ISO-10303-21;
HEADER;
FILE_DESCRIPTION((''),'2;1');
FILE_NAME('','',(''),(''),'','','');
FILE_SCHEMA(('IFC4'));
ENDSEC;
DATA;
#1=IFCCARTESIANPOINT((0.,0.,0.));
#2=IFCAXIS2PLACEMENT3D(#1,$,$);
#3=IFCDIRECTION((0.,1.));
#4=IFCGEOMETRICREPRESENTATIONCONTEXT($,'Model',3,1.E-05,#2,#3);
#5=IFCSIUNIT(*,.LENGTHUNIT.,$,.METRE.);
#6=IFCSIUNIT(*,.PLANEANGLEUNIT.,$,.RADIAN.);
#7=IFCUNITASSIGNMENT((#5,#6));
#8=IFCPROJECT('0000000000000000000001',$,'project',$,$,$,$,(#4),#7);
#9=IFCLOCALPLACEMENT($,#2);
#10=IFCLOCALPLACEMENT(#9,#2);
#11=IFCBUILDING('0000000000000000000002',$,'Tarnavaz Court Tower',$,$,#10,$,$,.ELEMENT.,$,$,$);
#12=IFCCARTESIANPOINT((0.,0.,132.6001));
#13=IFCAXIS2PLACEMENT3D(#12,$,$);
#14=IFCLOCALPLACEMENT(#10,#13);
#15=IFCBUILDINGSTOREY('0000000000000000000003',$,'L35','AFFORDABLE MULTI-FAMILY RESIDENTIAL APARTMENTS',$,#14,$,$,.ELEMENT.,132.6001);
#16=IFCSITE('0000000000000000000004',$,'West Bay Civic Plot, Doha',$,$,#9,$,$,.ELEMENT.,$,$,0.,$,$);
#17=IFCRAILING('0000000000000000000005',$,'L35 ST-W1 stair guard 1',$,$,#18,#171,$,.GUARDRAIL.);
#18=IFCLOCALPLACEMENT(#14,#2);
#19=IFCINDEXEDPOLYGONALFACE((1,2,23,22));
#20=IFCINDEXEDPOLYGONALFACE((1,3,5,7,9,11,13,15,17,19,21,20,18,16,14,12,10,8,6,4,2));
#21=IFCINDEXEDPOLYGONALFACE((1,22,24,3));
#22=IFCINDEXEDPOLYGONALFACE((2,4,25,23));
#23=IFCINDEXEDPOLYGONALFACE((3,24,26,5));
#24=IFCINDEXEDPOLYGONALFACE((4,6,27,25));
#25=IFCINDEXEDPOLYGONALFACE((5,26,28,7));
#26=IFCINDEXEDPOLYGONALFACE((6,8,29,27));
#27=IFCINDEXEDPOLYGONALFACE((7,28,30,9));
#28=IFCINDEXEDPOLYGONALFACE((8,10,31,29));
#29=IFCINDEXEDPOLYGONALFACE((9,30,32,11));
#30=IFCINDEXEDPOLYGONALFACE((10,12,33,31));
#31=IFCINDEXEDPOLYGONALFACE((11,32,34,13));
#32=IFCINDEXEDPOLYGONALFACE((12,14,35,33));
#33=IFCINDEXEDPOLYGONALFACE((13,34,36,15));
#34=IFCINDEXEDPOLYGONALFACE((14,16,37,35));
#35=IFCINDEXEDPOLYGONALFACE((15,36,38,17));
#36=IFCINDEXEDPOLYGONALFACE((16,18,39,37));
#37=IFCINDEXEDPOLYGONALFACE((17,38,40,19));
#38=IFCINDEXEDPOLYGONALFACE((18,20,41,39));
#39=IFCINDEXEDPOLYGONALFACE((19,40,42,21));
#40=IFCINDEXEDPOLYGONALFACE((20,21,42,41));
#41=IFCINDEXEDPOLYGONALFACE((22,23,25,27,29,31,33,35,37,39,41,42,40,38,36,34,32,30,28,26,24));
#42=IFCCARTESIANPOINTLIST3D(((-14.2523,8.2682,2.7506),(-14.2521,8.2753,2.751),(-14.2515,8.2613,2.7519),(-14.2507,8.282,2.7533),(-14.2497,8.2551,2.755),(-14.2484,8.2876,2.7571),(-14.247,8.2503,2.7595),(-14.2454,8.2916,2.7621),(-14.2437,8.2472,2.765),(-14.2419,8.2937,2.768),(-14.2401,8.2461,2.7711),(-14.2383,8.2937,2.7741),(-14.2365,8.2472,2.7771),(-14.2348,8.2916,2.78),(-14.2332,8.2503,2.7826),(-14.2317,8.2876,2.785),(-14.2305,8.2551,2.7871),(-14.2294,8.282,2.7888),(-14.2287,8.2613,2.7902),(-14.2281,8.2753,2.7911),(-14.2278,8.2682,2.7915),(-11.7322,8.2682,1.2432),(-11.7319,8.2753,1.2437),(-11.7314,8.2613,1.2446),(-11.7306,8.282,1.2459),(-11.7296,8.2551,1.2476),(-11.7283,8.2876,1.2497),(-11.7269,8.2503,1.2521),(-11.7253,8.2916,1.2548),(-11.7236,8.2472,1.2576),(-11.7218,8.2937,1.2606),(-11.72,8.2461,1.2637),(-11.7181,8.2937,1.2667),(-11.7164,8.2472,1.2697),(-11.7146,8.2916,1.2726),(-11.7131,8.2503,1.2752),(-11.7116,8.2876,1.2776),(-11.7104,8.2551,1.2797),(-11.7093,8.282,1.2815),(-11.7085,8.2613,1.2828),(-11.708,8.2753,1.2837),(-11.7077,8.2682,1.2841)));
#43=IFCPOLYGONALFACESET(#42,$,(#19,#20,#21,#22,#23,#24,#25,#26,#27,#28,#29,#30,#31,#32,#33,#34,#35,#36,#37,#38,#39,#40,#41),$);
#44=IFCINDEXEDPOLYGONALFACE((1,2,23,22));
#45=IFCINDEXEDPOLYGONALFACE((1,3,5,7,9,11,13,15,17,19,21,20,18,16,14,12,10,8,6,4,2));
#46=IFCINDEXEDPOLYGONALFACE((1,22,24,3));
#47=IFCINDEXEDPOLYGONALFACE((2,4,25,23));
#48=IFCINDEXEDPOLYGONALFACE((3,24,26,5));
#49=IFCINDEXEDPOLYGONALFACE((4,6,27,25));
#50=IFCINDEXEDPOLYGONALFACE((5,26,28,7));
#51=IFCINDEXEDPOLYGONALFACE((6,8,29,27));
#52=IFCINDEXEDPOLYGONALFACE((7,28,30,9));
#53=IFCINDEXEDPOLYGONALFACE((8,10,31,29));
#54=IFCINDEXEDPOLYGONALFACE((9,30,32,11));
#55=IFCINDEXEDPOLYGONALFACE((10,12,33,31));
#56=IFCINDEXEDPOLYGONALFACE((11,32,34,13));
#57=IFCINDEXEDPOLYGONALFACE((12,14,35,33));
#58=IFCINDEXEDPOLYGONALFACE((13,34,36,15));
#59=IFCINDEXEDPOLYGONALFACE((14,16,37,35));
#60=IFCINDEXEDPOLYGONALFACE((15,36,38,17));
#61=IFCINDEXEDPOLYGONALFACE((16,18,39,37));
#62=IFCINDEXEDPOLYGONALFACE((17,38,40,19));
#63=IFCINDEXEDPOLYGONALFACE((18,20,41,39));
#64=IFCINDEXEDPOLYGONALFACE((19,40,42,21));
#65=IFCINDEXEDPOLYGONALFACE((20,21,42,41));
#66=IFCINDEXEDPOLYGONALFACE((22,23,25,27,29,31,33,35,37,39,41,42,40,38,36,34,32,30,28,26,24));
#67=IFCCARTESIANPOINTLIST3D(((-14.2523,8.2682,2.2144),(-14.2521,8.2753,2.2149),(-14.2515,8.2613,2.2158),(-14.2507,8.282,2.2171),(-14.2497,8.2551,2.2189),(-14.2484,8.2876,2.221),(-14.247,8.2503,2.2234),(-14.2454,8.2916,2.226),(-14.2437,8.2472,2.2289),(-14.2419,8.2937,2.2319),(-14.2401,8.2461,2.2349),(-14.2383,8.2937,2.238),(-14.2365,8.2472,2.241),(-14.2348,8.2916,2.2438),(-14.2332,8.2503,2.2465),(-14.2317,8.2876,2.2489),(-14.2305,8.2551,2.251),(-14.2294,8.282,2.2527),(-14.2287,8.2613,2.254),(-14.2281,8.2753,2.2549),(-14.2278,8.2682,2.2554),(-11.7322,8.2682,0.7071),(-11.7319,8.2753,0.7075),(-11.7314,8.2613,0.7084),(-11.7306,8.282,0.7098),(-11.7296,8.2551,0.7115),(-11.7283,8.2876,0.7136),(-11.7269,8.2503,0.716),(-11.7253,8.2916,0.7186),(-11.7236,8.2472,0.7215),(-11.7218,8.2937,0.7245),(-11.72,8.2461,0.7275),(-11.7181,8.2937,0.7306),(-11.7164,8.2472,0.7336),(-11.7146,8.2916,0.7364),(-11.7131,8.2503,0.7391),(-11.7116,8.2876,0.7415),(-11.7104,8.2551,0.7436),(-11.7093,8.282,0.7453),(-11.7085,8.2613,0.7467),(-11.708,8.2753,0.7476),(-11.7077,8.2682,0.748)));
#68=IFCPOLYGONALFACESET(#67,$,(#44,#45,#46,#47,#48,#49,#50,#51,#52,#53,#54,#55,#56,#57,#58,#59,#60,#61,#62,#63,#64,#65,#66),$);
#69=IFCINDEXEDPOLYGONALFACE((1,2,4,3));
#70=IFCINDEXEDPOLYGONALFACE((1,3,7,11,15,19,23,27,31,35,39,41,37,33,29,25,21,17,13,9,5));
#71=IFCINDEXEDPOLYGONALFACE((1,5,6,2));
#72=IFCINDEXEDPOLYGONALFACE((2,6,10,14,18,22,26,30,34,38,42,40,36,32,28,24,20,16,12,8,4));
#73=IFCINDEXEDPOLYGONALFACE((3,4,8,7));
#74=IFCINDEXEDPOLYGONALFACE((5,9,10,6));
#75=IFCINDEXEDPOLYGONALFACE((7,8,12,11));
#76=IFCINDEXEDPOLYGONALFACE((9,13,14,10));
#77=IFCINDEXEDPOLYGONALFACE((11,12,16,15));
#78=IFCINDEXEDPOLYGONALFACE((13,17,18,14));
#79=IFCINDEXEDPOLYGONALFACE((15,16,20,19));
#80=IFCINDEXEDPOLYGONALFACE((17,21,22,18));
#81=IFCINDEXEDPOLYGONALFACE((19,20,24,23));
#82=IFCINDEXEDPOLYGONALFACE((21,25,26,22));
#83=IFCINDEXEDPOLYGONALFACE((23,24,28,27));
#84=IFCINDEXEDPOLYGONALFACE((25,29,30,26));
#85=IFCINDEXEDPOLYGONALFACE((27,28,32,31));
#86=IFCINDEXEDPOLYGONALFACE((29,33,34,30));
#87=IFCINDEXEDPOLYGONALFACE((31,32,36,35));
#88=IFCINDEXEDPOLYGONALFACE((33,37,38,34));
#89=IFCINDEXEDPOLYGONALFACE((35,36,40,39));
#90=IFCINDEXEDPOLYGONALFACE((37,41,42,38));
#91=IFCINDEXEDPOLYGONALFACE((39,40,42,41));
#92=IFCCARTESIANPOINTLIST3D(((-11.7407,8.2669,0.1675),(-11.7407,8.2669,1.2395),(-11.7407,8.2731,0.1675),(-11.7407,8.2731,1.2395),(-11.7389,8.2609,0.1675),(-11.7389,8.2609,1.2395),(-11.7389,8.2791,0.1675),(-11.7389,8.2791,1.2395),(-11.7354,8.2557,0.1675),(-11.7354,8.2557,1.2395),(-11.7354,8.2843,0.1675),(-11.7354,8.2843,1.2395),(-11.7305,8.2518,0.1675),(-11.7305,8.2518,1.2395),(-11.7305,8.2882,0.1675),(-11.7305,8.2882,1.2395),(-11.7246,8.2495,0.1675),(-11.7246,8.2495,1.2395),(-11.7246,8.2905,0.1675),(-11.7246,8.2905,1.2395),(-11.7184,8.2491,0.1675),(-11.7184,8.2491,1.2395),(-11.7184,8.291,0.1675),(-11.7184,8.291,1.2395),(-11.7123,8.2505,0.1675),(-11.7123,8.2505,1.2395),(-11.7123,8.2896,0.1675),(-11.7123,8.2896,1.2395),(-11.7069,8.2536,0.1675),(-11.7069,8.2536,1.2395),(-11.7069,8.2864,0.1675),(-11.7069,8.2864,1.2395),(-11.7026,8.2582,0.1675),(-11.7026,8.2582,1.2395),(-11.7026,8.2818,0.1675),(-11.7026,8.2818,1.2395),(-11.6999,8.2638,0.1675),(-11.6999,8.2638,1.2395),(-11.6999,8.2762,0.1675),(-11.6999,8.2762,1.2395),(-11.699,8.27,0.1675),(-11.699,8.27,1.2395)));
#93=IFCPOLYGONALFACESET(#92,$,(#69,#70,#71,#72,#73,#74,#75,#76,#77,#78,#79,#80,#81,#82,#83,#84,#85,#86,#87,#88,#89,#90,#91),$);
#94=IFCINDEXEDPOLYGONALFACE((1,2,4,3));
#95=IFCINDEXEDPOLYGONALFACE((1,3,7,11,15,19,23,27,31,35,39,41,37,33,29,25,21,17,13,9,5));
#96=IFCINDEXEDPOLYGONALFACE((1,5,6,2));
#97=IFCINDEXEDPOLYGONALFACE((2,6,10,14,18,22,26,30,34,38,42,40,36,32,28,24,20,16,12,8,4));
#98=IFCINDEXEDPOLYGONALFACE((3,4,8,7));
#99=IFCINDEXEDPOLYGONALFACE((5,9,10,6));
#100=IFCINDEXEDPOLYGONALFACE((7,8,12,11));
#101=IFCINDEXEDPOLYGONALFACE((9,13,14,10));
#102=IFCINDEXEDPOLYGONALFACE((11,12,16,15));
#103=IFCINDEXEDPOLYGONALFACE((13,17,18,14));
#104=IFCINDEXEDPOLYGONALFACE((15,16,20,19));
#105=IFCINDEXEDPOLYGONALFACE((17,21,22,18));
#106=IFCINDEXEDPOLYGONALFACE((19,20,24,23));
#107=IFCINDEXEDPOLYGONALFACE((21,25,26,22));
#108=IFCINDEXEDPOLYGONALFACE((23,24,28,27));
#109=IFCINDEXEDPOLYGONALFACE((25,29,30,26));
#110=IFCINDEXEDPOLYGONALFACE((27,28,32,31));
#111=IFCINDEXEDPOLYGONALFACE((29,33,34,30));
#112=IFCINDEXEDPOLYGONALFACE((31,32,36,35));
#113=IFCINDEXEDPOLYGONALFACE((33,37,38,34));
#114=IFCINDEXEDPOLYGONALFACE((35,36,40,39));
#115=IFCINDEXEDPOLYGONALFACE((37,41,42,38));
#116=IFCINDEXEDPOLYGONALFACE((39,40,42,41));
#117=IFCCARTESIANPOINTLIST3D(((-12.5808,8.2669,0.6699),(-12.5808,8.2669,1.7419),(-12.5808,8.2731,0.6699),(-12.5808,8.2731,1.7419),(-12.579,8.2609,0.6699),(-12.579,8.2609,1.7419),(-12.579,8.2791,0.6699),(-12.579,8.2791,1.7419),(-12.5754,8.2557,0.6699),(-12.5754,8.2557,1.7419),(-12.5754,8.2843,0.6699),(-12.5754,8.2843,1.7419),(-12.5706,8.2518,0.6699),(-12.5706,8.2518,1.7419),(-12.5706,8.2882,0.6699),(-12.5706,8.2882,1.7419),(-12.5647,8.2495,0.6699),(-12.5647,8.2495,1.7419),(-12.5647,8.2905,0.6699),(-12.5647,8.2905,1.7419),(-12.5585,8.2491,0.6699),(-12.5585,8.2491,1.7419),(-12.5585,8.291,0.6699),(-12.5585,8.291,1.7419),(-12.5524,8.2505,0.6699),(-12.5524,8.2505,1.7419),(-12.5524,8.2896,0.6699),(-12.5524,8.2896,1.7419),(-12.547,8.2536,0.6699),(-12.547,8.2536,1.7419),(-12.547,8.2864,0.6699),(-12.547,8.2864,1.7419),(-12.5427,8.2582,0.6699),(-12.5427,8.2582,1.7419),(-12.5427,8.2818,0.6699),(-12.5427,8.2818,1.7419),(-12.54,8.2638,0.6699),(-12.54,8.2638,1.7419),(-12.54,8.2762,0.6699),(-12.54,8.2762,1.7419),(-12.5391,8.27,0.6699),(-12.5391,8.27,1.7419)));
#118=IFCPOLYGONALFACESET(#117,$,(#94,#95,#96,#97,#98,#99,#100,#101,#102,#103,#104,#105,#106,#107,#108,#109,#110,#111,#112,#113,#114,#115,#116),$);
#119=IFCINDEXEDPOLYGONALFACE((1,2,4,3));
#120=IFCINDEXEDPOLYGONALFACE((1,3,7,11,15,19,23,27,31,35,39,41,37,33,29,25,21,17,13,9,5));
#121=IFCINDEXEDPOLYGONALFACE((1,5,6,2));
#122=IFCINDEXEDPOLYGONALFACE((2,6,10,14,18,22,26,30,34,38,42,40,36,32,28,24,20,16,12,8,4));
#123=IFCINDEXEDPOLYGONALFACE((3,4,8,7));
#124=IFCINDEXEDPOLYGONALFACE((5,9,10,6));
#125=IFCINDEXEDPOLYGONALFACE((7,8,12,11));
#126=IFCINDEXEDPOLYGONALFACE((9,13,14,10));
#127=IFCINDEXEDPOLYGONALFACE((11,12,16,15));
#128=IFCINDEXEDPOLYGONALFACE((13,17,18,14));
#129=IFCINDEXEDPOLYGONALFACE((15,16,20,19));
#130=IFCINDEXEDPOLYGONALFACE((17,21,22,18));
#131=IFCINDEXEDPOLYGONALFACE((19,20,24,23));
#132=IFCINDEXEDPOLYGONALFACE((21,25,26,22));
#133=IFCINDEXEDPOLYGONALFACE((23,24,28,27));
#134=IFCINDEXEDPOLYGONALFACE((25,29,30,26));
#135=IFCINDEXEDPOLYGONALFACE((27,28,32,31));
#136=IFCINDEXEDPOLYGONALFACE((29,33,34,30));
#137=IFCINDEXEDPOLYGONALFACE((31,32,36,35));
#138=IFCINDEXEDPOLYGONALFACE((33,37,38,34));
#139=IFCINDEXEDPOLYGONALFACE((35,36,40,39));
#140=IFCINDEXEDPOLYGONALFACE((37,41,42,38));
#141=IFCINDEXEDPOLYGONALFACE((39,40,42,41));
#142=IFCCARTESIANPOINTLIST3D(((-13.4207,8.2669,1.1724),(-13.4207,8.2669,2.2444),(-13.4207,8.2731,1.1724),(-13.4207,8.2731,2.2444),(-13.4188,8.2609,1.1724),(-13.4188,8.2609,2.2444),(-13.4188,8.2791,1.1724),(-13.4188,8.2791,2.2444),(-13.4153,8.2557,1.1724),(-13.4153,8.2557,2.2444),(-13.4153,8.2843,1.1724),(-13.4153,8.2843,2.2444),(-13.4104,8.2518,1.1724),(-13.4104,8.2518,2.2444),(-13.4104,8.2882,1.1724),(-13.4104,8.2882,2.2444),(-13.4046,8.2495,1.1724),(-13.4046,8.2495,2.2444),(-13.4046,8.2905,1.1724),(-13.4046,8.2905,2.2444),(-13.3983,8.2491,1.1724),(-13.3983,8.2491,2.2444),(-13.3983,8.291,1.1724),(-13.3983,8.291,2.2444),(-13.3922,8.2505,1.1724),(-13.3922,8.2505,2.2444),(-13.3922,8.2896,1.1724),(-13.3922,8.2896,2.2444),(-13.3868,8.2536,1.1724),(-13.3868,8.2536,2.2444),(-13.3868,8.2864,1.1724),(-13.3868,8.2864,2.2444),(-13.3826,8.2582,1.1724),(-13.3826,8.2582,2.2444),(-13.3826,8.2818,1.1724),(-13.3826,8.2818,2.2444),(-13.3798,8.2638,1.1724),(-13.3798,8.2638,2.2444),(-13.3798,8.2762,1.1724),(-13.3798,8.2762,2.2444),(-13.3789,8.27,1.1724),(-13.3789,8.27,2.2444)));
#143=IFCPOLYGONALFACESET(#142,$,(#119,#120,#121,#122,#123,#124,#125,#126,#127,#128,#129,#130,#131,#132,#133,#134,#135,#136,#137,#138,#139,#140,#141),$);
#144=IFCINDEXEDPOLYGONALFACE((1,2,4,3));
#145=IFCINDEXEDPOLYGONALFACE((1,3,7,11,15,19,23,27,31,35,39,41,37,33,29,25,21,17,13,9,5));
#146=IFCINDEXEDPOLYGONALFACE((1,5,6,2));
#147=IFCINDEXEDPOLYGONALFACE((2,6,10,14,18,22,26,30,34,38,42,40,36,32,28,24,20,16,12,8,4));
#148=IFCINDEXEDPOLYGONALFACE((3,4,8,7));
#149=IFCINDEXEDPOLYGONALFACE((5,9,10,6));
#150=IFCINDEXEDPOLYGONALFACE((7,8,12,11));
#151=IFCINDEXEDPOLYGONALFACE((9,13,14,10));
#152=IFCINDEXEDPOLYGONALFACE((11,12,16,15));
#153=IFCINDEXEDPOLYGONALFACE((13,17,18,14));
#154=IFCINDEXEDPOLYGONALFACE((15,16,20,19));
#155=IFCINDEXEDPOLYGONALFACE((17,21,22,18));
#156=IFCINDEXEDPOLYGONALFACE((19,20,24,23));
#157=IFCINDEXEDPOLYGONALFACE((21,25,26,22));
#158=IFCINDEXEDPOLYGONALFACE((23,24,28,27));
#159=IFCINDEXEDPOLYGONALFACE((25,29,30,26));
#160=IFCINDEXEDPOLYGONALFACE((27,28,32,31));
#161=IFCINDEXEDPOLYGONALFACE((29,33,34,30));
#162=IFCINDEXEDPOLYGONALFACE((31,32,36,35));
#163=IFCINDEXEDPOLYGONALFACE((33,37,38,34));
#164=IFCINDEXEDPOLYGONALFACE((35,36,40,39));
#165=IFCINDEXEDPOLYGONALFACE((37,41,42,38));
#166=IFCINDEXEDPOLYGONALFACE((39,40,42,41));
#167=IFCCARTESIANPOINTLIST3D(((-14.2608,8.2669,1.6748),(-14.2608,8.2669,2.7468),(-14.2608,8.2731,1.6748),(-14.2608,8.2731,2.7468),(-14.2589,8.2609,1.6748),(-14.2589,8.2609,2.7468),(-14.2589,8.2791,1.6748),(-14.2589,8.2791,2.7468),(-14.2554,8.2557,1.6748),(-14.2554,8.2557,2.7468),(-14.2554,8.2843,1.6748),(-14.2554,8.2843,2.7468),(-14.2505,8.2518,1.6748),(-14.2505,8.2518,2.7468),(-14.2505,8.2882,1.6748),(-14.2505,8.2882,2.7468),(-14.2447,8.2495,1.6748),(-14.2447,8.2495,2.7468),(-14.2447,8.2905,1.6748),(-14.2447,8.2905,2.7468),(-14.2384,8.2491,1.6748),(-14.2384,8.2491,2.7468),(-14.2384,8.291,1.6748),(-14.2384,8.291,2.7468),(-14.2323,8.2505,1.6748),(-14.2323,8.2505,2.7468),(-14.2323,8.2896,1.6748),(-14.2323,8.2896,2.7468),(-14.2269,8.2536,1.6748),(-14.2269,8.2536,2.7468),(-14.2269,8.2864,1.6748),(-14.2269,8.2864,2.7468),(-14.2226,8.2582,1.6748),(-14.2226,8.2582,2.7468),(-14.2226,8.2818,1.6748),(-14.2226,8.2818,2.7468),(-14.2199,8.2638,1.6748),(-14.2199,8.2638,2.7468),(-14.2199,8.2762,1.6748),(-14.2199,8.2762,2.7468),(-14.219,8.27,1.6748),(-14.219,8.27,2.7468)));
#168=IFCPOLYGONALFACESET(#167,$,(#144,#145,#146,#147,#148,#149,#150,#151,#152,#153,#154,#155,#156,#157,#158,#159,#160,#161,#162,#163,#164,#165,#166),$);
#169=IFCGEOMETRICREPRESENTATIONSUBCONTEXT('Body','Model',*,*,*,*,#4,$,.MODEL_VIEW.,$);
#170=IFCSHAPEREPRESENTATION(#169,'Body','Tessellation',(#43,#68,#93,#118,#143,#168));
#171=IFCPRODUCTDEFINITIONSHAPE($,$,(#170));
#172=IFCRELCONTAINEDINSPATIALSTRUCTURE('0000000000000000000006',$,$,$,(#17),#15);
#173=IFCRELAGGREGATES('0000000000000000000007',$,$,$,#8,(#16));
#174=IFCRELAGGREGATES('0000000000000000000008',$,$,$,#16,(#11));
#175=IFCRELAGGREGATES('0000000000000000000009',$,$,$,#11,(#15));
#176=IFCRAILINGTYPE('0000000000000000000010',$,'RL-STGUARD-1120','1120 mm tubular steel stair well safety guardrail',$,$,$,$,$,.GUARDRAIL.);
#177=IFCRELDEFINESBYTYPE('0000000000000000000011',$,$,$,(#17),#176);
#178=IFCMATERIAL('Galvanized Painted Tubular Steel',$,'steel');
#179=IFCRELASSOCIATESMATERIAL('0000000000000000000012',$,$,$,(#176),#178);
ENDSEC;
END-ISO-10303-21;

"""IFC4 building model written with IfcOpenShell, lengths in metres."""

from ifc_helpers import new_model, si_unit, direction, frame, origin, origin_2d, place, context, subcontext, project, spatial, circle, extrude, material, type_object, element, save


model = new_model("IFC4")

# Units and contexts
model_context = context("Model", 3, precision=1e-05, world=origin(), true_north=direction((0.0, 1.0)))
body_context = subcontext(model_context, "Body", "Model", "MODEL_VIEW")
ifc_project = project(units=[si_unit("LENGTHUNIT", "METRE"), si_unit("PLANEANGLEUNIT", "RADIAN")], contexts=[model_context])

# Site, building, storey
site_placement = place(None, origin())
site = spatial("IfcSite", under=ifc_project, at=site_placement, Name="West Bay Civic Plot, Doha", CompositionType="ELEMENT", RefElevation=0.0)
building_placement = place(site_placement, origin())
building = spatial("IfcBuilding", under=site, at=building_placement, Name="Tarnavaz Court Tower", CompositionType="ELEMENT")
storey_placement = place(building_placement, frame((0.0, 0.0, 132.6001)))
storey = spatial("IfcBuildingStorey", under=building, at=storey_placement, Name="L35", Description="AFFORDABLE MULTI-FAMILY RESIDENTIAL APARTMENTS", CompositionType="ELEMENT", Elevation=132.6001)

# Railing
ifc_material_1 = material(Name="Galvanized Painted Tubular Steel", Category="steel")
railing_type_1 = type_object("IfcRailingType", Name="RL-STGUARD-1120", Description="1120 mm tubular steel stair well safety guardrail", PredefinedType="GUARDRAIL", material=ifc_material_1)
railing_1_placement = place(storey_placement, frame((-11.72, 8.27, 0.1675)))
element("IfcRailing", 1, at=railing_1_placement, inside=storey, type_object=railing_type_1, Name="L35 ST-W1 stair guard 1", PredefinedType="GUARDRAIL", context=body_context, shape_type="SweptSolid", body=[
    extrude(circle(Radius=0.0239, at=origin_2d()), frame((0.0, 0.0, 1.0962), z_axis=(-0.858196, 0.0, 0.513321), x_axis=(0.0, -1.0, 0.0)), (0.0, 0.0, 1.0), 2.9365),
    extrude(circle(Radius=0.0239, at=origin_2d()), frame((0.0, 0.0, 0.5601), z_axis=(-0.858196, 0.0, 0.513321), x_axis=(0.0, -1.0, 0.0)), (0.0, 0.0, 1.0), 2.9365),
    extrude(circle(Radius=0.021, at=origin_2d()), origin(), (0.0, 0.0, 1.0), 1.072),
    extrude(circle(Radius=0.021, at=origin_2d()), frame((-0.8401, 0.0, 0.5024)), (0.0, 0.0, 1.0), 1.072),
    extrude(circle(Radius=0.021, at=origin_2d()), frame((-1.6799, 0.0, 1.0049)), (0.0, 0.0, 1.0), 1.072),
    extrude(circle(Radius=0.021, at=origin_2d()), frame((-2.52, 0.0, 1.5073)), (0.0, 0.0, 1.0), 1.072),
])

save(model, "model.ifc")
